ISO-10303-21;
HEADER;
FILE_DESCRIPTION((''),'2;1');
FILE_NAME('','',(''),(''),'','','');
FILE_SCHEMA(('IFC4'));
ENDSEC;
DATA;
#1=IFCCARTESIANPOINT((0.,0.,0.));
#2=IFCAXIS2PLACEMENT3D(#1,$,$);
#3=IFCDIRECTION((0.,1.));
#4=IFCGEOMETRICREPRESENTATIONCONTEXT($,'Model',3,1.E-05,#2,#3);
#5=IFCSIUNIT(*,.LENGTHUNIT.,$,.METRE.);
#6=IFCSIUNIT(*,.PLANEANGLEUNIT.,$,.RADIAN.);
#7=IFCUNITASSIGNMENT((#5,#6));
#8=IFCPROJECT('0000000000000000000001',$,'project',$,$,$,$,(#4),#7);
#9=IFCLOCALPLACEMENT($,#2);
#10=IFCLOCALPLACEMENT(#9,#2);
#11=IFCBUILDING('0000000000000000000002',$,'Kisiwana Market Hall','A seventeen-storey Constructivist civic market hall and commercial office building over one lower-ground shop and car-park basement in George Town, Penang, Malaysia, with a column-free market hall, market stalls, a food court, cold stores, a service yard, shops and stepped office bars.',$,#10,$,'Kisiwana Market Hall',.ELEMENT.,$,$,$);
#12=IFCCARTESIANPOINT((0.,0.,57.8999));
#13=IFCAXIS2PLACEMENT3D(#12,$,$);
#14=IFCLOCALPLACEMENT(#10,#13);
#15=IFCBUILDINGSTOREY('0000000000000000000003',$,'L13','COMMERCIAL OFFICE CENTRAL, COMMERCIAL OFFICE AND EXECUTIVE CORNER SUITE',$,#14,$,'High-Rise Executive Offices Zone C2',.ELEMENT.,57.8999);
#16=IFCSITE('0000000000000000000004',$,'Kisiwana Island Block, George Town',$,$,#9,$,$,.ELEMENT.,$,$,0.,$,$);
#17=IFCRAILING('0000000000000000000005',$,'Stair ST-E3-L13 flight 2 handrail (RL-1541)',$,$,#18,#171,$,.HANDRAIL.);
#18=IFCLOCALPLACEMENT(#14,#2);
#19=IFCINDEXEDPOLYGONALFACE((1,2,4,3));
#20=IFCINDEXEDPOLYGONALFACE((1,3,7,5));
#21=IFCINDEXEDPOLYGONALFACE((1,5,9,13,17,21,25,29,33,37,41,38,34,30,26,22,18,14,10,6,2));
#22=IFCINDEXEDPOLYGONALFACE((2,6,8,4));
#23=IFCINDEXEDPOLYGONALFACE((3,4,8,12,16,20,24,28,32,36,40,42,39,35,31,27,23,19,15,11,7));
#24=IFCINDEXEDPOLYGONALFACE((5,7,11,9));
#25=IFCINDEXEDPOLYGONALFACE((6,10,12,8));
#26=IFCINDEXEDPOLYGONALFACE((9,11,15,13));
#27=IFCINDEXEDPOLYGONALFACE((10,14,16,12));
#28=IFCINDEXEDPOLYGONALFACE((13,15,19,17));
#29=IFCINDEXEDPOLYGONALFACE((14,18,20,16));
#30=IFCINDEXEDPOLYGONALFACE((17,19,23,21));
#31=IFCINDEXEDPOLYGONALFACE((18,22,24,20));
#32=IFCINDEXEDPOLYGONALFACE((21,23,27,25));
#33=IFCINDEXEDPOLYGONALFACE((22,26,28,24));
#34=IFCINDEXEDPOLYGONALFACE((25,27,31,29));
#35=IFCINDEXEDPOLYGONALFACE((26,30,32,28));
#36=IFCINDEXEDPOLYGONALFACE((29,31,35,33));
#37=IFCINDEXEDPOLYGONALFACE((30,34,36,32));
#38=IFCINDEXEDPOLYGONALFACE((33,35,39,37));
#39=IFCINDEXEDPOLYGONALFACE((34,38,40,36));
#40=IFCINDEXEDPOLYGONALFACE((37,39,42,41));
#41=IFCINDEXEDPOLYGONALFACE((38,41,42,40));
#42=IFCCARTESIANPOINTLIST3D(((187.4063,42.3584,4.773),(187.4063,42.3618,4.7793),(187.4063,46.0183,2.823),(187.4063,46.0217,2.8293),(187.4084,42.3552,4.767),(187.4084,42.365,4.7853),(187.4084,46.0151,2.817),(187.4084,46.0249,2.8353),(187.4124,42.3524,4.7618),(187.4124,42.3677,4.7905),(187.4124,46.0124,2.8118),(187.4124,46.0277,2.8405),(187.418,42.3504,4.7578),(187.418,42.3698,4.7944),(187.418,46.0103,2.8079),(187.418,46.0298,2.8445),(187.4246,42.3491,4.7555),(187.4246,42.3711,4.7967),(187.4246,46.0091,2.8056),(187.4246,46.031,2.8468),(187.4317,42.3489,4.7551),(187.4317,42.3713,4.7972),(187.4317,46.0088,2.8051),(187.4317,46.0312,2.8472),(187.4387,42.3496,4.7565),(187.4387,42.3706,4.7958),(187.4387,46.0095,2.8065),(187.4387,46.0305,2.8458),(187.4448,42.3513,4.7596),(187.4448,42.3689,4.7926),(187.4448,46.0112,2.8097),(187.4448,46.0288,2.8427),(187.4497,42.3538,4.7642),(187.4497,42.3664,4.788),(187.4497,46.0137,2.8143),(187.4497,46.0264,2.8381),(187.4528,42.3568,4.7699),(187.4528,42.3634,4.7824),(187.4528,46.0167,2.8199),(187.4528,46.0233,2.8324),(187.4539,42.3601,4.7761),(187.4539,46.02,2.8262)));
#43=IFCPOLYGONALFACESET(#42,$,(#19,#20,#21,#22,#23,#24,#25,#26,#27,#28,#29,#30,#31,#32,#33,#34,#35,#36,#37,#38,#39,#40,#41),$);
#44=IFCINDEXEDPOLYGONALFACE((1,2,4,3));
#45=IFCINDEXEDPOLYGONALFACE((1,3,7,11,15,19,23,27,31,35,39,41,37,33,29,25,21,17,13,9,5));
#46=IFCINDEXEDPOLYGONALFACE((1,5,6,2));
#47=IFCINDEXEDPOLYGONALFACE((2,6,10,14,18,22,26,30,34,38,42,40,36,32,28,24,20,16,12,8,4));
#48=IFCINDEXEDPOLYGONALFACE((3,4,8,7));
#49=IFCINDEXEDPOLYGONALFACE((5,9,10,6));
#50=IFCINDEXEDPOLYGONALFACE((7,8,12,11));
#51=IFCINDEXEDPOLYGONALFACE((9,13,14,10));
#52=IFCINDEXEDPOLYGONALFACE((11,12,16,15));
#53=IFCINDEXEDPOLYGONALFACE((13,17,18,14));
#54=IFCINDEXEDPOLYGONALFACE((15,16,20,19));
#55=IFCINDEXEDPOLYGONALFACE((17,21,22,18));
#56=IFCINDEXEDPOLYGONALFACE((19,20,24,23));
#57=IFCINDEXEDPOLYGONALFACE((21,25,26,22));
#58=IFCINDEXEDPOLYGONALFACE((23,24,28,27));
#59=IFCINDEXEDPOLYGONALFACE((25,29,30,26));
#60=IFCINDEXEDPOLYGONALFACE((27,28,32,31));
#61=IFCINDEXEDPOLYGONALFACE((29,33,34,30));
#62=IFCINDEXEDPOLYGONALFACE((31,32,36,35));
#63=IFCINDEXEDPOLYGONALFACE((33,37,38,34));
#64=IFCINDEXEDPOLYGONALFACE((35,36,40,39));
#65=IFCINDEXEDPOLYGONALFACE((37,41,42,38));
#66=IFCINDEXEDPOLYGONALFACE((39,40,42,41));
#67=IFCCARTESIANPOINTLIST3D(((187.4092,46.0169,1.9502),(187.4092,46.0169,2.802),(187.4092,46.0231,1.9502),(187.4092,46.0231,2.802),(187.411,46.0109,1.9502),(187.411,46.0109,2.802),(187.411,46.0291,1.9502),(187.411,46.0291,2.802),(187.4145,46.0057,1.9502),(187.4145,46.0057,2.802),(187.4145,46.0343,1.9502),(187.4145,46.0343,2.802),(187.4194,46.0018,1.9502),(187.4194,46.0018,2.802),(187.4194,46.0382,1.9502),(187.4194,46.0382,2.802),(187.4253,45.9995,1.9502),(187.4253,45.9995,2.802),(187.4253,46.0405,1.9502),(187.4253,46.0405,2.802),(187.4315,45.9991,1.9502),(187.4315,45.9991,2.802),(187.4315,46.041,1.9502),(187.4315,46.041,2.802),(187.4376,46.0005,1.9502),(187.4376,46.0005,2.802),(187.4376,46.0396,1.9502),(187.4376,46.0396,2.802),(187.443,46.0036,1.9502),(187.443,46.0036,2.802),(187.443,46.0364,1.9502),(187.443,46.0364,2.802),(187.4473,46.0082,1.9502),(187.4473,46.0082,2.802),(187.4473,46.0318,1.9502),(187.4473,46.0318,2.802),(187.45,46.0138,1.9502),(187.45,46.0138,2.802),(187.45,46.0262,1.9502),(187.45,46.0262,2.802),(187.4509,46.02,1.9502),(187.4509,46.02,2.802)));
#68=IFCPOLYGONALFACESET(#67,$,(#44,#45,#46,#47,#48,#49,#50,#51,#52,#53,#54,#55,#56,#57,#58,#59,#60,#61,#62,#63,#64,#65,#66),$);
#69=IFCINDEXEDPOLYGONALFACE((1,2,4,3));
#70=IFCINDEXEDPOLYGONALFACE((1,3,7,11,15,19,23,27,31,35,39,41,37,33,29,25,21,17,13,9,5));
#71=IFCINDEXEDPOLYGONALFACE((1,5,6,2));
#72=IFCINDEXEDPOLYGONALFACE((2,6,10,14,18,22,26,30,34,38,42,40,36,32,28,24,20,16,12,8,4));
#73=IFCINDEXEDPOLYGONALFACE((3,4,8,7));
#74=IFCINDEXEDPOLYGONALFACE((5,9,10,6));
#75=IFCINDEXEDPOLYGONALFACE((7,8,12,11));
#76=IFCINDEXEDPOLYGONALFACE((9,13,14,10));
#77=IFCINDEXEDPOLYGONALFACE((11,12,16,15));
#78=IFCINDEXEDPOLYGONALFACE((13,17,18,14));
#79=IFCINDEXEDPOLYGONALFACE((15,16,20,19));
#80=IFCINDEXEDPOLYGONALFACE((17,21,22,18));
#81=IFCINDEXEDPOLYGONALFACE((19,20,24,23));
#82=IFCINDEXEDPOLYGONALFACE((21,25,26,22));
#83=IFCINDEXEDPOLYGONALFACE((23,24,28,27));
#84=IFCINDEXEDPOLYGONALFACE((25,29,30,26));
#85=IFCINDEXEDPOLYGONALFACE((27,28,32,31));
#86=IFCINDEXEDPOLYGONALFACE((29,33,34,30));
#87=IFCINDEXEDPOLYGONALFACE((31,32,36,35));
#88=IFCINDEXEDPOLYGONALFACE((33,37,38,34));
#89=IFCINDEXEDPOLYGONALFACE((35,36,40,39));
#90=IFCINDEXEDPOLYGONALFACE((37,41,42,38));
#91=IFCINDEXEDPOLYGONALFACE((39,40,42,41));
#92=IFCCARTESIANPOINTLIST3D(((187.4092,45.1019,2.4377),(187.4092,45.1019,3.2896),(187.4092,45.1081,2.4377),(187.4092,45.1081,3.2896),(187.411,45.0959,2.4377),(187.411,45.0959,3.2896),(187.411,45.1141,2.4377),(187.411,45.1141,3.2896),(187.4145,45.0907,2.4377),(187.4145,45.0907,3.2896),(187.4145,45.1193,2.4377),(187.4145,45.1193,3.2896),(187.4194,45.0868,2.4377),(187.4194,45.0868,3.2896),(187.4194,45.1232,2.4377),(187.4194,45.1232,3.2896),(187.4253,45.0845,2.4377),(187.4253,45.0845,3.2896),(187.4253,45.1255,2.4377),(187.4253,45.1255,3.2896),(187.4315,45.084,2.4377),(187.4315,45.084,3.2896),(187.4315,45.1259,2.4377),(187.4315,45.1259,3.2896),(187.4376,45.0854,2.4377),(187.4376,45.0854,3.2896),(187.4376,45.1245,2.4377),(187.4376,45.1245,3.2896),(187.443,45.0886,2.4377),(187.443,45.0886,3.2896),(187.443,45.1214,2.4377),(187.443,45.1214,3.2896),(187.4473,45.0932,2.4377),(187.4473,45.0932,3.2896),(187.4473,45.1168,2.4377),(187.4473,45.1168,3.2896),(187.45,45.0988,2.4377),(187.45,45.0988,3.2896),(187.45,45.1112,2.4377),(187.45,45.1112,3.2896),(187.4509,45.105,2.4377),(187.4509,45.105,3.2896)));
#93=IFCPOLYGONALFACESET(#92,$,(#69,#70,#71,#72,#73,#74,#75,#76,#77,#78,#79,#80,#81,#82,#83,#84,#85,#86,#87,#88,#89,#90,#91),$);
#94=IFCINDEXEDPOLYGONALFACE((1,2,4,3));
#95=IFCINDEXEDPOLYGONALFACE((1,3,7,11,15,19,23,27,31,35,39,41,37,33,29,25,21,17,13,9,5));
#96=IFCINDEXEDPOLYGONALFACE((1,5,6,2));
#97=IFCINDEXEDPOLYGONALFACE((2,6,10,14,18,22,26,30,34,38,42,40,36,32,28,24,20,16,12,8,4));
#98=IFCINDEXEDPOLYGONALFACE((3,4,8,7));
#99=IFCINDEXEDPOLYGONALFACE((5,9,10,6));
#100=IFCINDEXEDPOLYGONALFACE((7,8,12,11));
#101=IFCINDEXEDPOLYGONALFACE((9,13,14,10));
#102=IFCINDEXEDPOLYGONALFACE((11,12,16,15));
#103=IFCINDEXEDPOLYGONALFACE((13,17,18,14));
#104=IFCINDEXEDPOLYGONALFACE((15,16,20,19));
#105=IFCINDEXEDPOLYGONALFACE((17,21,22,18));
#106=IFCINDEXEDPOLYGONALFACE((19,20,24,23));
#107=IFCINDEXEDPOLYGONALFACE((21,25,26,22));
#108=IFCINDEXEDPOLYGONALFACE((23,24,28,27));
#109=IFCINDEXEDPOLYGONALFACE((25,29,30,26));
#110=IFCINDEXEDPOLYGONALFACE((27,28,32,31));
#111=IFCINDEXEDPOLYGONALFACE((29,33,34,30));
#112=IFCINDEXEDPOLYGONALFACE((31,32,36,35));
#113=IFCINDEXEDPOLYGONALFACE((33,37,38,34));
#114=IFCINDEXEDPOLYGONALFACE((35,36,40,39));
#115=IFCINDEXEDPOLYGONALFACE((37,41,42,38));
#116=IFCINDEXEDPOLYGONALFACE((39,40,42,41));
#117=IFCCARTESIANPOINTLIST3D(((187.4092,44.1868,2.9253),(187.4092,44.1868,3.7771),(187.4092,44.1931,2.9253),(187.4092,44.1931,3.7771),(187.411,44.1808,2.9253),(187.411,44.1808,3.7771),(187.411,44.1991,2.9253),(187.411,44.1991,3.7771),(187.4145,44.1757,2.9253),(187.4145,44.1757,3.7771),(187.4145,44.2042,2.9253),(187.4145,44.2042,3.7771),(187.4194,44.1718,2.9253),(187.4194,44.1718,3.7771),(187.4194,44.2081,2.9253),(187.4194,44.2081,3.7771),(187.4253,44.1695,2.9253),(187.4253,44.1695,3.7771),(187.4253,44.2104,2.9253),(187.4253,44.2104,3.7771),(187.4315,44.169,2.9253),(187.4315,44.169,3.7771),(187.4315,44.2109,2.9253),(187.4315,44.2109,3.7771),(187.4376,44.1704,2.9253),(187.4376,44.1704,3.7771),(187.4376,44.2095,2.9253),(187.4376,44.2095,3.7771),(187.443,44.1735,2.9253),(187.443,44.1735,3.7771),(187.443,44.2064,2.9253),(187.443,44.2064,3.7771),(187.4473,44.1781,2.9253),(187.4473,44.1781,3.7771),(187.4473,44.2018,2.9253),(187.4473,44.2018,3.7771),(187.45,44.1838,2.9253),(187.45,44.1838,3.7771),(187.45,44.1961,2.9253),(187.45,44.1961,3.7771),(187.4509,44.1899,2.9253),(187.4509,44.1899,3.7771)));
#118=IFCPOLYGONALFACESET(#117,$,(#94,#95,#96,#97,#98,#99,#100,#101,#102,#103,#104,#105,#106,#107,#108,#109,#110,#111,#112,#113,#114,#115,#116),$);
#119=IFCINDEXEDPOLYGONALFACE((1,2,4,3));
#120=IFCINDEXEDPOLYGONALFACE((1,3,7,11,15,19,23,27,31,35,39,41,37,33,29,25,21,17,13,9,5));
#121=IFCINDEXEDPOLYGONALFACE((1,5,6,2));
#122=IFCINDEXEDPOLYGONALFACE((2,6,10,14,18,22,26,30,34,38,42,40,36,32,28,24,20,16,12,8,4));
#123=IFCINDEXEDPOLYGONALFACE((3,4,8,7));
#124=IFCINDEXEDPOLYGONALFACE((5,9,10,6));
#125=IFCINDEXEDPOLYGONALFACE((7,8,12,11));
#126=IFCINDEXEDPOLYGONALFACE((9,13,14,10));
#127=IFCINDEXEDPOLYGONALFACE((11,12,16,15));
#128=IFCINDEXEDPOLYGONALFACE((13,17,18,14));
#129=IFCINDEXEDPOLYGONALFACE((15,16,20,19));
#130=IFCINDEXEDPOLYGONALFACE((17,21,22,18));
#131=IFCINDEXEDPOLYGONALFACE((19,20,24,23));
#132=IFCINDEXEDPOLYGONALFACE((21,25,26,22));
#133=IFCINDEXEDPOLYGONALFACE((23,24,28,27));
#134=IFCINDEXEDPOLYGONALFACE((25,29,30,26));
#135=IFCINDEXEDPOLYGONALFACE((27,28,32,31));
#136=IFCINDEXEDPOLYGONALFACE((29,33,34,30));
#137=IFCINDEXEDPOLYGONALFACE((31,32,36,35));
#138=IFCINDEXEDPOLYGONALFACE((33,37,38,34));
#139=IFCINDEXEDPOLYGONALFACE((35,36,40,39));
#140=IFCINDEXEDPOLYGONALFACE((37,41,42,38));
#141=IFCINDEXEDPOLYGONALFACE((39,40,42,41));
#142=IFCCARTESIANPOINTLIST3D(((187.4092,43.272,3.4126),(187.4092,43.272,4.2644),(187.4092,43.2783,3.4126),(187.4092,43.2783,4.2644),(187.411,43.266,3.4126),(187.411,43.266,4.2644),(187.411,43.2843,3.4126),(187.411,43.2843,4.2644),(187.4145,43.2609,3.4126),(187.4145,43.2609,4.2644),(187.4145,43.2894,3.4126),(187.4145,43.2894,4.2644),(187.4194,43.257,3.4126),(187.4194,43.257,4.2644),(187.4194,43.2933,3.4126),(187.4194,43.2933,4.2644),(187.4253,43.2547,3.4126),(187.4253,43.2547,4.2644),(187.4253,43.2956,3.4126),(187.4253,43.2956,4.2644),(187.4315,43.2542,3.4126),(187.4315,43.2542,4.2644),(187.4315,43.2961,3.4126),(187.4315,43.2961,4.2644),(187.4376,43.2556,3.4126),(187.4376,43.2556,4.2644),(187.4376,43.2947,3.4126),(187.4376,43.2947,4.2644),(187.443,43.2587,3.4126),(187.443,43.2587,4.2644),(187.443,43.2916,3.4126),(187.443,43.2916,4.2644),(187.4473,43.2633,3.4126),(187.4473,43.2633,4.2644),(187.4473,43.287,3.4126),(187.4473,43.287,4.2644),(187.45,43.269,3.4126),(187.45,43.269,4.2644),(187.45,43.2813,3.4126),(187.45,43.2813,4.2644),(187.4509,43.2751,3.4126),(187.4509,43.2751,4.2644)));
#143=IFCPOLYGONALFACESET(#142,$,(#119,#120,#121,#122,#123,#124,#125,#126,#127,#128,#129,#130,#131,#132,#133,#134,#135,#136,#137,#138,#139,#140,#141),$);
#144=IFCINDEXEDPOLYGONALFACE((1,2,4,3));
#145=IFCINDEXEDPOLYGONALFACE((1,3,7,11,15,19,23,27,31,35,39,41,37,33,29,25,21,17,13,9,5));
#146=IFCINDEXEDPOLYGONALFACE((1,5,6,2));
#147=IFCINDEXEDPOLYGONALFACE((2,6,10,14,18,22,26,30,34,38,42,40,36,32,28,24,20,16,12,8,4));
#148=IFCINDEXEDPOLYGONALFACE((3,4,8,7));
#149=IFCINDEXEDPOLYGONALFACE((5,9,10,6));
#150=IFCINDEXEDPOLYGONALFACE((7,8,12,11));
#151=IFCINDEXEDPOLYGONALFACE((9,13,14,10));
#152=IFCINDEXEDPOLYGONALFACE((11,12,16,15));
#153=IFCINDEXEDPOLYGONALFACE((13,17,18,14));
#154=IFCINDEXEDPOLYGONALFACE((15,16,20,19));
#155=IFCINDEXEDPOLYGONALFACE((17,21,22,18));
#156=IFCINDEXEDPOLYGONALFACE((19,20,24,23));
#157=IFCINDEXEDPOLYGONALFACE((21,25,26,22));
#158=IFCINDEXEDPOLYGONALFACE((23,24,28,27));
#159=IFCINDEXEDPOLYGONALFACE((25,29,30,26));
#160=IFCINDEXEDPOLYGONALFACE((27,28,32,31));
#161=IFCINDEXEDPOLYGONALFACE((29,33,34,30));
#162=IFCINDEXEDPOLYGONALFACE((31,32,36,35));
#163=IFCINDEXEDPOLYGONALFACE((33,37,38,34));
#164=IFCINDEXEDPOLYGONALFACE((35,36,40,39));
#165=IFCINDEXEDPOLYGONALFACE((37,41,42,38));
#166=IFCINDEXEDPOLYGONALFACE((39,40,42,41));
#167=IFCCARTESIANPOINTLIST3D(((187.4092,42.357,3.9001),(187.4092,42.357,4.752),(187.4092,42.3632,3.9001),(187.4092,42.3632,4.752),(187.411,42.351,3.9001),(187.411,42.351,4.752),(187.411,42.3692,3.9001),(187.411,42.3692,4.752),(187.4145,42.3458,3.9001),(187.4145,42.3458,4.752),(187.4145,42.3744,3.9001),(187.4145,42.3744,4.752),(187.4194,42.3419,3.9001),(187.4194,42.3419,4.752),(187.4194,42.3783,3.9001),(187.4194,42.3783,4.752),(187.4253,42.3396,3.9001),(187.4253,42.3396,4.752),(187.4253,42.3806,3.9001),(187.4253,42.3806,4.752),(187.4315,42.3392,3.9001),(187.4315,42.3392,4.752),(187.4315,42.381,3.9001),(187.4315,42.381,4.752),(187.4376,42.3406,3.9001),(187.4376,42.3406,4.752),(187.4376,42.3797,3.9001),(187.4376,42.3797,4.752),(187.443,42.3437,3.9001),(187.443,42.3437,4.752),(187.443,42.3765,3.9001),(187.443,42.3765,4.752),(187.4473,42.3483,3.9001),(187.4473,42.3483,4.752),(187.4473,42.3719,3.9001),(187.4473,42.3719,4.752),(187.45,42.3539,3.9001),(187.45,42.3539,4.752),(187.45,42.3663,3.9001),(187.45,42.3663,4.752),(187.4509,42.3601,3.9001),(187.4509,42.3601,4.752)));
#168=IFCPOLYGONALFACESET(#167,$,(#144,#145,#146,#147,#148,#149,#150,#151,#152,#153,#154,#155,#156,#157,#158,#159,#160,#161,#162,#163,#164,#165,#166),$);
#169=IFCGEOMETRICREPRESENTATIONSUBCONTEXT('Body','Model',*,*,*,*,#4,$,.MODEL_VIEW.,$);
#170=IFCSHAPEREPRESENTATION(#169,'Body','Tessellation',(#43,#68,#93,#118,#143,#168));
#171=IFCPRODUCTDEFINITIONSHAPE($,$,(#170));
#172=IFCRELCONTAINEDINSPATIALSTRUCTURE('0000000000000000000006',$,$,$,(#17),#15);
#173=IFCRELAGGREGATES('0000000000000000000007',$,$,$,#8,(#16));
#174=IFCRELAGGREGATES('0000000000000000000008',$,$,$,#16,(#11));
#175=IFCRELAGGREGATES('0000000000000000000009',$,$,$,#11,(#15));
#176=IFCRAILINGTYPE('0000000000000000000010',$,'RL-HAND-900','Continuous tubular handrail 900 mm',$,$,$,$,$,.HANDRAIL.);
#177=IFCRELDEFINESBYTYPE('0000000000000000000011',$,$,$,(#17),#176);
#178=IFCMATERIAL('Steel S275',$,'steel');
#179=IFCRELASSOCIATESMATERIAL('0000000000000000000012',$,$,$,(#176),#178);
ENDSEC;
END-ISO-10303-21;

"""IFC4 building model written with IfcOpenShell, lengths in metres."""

from ifc_helpers import new_model, si_unit, direction, frame, origin, origin_2d, place, context, subcontext, project, spatial, circle, extrude, material, type_object, element, save


model = new_model("IFC4")

# Units and contexts
model_context = context("Model", 3, precision=1e-05, world=origin(), true_north=direction((0.0, 1.0)))
body_context = subcontext(model_context, "Body", "Model", "MODEL_VIEW")
ifc_project = project(units=[si_unit("LENGTHUNIT", "METRE"), si_unit("PLANEANGLEUNIT", "RADIAN")], contexts=[model_context])

# Site, building, storey
site_placement = place(None, origin())
site = spatial("IfcSite", under=ifc_project, at=site_placement, Name="Kisiwana Island Block, George Town", CompositionType="ELEMENT", RefElevation=0.0)
building_placement = place(site_placement, origin())
building = spatial("IfcBuilding", under=site, at=building_placement, Name="Kisiwana Market Hall", Description="A seventeen-storey Constructivist civic market hall and commercial office building over one lower-ground shop and car-park basement in George Town, Penang, Malaysia, with a column-free market hall, market stalls, a food court, cold stores, a service yard, shops and stepped office bars.", LongName="Kisiwana Market Hall", CompositionType="ELEMENT")
storey_placement = place(building_placement, frame((0.0, 0.0, 57.8999)))
storey = spatial("IfcBuildingStorey", under=building, at=storey_placement, Name="L13", Description="COMMERCIAL OFFICE CENTRAL, COMMERCIAL OFFICE AND EXECUTIVE CORNER SUITE", LongName="High-Rise Executive Offices Zone C2", CompositionType="ELEMENT", Elevation=57.8999)

# Railing
ifc_material_1 = material(Name="Steel S275", Category="steel")
railing_type_1 = type_object("IfcRailingType", Name="RL-HAND-900", Description="Continuous tubular handrail 900 mm", PredefinedType="HANDRAIL", material=ifc_material_1)
railing_1_placement = place(storey_placement, frame((187.4299, 46.02, 1.9502)))
element("IfcRailing", 1, at=railing_1_placement, inside=storey, type_object=railing_type_1, Name="Stair ST-E3-L13 flight 2 handrail (RL-1541)", PredefinedType="HANDRAIL", context=body_context, shape_type="SweptSolid", body=[
    extrude(circle(Radius=0.0239, at=origin_2d()), frame((0.0, 0.0, 0.876), z_axis=(0.0, -0.882553, 0.470212), x_axis=(1.0, 0.0, 0.0)), (0.0, 0.0, 1.0), 4.147),
    extrude(circle(Radius=0.021, at=origin_2d()), origin(), (0.0, 0.0, 1.0), 0.8518),
    extrude(circle(Radius=0.021, at=origin_2d()), frame((0.0, -0.915, 0.4875)), (0.0, 0.0, 1.0), 0.8518),
    extrude(circle(Radius=0.021, at=origin_2d()), frame((0.0, -1.8301, 0.9751)), (0.0, 0.0, 1.0), 0.8518),
    extrude(circle(Radius=0.021, at=origin_2d()), frame((0.0, -2.7449, 1.4624)), (0.0, 0.0, 1.0), 0.8518),
    extrude(circle(Radius=0.021, at=origin_2d()), frame((0.0, -3.6599, 1.95)), (0.0, 0.0, 1.0), 0.8518),
])

save(model, "model.ifc")
